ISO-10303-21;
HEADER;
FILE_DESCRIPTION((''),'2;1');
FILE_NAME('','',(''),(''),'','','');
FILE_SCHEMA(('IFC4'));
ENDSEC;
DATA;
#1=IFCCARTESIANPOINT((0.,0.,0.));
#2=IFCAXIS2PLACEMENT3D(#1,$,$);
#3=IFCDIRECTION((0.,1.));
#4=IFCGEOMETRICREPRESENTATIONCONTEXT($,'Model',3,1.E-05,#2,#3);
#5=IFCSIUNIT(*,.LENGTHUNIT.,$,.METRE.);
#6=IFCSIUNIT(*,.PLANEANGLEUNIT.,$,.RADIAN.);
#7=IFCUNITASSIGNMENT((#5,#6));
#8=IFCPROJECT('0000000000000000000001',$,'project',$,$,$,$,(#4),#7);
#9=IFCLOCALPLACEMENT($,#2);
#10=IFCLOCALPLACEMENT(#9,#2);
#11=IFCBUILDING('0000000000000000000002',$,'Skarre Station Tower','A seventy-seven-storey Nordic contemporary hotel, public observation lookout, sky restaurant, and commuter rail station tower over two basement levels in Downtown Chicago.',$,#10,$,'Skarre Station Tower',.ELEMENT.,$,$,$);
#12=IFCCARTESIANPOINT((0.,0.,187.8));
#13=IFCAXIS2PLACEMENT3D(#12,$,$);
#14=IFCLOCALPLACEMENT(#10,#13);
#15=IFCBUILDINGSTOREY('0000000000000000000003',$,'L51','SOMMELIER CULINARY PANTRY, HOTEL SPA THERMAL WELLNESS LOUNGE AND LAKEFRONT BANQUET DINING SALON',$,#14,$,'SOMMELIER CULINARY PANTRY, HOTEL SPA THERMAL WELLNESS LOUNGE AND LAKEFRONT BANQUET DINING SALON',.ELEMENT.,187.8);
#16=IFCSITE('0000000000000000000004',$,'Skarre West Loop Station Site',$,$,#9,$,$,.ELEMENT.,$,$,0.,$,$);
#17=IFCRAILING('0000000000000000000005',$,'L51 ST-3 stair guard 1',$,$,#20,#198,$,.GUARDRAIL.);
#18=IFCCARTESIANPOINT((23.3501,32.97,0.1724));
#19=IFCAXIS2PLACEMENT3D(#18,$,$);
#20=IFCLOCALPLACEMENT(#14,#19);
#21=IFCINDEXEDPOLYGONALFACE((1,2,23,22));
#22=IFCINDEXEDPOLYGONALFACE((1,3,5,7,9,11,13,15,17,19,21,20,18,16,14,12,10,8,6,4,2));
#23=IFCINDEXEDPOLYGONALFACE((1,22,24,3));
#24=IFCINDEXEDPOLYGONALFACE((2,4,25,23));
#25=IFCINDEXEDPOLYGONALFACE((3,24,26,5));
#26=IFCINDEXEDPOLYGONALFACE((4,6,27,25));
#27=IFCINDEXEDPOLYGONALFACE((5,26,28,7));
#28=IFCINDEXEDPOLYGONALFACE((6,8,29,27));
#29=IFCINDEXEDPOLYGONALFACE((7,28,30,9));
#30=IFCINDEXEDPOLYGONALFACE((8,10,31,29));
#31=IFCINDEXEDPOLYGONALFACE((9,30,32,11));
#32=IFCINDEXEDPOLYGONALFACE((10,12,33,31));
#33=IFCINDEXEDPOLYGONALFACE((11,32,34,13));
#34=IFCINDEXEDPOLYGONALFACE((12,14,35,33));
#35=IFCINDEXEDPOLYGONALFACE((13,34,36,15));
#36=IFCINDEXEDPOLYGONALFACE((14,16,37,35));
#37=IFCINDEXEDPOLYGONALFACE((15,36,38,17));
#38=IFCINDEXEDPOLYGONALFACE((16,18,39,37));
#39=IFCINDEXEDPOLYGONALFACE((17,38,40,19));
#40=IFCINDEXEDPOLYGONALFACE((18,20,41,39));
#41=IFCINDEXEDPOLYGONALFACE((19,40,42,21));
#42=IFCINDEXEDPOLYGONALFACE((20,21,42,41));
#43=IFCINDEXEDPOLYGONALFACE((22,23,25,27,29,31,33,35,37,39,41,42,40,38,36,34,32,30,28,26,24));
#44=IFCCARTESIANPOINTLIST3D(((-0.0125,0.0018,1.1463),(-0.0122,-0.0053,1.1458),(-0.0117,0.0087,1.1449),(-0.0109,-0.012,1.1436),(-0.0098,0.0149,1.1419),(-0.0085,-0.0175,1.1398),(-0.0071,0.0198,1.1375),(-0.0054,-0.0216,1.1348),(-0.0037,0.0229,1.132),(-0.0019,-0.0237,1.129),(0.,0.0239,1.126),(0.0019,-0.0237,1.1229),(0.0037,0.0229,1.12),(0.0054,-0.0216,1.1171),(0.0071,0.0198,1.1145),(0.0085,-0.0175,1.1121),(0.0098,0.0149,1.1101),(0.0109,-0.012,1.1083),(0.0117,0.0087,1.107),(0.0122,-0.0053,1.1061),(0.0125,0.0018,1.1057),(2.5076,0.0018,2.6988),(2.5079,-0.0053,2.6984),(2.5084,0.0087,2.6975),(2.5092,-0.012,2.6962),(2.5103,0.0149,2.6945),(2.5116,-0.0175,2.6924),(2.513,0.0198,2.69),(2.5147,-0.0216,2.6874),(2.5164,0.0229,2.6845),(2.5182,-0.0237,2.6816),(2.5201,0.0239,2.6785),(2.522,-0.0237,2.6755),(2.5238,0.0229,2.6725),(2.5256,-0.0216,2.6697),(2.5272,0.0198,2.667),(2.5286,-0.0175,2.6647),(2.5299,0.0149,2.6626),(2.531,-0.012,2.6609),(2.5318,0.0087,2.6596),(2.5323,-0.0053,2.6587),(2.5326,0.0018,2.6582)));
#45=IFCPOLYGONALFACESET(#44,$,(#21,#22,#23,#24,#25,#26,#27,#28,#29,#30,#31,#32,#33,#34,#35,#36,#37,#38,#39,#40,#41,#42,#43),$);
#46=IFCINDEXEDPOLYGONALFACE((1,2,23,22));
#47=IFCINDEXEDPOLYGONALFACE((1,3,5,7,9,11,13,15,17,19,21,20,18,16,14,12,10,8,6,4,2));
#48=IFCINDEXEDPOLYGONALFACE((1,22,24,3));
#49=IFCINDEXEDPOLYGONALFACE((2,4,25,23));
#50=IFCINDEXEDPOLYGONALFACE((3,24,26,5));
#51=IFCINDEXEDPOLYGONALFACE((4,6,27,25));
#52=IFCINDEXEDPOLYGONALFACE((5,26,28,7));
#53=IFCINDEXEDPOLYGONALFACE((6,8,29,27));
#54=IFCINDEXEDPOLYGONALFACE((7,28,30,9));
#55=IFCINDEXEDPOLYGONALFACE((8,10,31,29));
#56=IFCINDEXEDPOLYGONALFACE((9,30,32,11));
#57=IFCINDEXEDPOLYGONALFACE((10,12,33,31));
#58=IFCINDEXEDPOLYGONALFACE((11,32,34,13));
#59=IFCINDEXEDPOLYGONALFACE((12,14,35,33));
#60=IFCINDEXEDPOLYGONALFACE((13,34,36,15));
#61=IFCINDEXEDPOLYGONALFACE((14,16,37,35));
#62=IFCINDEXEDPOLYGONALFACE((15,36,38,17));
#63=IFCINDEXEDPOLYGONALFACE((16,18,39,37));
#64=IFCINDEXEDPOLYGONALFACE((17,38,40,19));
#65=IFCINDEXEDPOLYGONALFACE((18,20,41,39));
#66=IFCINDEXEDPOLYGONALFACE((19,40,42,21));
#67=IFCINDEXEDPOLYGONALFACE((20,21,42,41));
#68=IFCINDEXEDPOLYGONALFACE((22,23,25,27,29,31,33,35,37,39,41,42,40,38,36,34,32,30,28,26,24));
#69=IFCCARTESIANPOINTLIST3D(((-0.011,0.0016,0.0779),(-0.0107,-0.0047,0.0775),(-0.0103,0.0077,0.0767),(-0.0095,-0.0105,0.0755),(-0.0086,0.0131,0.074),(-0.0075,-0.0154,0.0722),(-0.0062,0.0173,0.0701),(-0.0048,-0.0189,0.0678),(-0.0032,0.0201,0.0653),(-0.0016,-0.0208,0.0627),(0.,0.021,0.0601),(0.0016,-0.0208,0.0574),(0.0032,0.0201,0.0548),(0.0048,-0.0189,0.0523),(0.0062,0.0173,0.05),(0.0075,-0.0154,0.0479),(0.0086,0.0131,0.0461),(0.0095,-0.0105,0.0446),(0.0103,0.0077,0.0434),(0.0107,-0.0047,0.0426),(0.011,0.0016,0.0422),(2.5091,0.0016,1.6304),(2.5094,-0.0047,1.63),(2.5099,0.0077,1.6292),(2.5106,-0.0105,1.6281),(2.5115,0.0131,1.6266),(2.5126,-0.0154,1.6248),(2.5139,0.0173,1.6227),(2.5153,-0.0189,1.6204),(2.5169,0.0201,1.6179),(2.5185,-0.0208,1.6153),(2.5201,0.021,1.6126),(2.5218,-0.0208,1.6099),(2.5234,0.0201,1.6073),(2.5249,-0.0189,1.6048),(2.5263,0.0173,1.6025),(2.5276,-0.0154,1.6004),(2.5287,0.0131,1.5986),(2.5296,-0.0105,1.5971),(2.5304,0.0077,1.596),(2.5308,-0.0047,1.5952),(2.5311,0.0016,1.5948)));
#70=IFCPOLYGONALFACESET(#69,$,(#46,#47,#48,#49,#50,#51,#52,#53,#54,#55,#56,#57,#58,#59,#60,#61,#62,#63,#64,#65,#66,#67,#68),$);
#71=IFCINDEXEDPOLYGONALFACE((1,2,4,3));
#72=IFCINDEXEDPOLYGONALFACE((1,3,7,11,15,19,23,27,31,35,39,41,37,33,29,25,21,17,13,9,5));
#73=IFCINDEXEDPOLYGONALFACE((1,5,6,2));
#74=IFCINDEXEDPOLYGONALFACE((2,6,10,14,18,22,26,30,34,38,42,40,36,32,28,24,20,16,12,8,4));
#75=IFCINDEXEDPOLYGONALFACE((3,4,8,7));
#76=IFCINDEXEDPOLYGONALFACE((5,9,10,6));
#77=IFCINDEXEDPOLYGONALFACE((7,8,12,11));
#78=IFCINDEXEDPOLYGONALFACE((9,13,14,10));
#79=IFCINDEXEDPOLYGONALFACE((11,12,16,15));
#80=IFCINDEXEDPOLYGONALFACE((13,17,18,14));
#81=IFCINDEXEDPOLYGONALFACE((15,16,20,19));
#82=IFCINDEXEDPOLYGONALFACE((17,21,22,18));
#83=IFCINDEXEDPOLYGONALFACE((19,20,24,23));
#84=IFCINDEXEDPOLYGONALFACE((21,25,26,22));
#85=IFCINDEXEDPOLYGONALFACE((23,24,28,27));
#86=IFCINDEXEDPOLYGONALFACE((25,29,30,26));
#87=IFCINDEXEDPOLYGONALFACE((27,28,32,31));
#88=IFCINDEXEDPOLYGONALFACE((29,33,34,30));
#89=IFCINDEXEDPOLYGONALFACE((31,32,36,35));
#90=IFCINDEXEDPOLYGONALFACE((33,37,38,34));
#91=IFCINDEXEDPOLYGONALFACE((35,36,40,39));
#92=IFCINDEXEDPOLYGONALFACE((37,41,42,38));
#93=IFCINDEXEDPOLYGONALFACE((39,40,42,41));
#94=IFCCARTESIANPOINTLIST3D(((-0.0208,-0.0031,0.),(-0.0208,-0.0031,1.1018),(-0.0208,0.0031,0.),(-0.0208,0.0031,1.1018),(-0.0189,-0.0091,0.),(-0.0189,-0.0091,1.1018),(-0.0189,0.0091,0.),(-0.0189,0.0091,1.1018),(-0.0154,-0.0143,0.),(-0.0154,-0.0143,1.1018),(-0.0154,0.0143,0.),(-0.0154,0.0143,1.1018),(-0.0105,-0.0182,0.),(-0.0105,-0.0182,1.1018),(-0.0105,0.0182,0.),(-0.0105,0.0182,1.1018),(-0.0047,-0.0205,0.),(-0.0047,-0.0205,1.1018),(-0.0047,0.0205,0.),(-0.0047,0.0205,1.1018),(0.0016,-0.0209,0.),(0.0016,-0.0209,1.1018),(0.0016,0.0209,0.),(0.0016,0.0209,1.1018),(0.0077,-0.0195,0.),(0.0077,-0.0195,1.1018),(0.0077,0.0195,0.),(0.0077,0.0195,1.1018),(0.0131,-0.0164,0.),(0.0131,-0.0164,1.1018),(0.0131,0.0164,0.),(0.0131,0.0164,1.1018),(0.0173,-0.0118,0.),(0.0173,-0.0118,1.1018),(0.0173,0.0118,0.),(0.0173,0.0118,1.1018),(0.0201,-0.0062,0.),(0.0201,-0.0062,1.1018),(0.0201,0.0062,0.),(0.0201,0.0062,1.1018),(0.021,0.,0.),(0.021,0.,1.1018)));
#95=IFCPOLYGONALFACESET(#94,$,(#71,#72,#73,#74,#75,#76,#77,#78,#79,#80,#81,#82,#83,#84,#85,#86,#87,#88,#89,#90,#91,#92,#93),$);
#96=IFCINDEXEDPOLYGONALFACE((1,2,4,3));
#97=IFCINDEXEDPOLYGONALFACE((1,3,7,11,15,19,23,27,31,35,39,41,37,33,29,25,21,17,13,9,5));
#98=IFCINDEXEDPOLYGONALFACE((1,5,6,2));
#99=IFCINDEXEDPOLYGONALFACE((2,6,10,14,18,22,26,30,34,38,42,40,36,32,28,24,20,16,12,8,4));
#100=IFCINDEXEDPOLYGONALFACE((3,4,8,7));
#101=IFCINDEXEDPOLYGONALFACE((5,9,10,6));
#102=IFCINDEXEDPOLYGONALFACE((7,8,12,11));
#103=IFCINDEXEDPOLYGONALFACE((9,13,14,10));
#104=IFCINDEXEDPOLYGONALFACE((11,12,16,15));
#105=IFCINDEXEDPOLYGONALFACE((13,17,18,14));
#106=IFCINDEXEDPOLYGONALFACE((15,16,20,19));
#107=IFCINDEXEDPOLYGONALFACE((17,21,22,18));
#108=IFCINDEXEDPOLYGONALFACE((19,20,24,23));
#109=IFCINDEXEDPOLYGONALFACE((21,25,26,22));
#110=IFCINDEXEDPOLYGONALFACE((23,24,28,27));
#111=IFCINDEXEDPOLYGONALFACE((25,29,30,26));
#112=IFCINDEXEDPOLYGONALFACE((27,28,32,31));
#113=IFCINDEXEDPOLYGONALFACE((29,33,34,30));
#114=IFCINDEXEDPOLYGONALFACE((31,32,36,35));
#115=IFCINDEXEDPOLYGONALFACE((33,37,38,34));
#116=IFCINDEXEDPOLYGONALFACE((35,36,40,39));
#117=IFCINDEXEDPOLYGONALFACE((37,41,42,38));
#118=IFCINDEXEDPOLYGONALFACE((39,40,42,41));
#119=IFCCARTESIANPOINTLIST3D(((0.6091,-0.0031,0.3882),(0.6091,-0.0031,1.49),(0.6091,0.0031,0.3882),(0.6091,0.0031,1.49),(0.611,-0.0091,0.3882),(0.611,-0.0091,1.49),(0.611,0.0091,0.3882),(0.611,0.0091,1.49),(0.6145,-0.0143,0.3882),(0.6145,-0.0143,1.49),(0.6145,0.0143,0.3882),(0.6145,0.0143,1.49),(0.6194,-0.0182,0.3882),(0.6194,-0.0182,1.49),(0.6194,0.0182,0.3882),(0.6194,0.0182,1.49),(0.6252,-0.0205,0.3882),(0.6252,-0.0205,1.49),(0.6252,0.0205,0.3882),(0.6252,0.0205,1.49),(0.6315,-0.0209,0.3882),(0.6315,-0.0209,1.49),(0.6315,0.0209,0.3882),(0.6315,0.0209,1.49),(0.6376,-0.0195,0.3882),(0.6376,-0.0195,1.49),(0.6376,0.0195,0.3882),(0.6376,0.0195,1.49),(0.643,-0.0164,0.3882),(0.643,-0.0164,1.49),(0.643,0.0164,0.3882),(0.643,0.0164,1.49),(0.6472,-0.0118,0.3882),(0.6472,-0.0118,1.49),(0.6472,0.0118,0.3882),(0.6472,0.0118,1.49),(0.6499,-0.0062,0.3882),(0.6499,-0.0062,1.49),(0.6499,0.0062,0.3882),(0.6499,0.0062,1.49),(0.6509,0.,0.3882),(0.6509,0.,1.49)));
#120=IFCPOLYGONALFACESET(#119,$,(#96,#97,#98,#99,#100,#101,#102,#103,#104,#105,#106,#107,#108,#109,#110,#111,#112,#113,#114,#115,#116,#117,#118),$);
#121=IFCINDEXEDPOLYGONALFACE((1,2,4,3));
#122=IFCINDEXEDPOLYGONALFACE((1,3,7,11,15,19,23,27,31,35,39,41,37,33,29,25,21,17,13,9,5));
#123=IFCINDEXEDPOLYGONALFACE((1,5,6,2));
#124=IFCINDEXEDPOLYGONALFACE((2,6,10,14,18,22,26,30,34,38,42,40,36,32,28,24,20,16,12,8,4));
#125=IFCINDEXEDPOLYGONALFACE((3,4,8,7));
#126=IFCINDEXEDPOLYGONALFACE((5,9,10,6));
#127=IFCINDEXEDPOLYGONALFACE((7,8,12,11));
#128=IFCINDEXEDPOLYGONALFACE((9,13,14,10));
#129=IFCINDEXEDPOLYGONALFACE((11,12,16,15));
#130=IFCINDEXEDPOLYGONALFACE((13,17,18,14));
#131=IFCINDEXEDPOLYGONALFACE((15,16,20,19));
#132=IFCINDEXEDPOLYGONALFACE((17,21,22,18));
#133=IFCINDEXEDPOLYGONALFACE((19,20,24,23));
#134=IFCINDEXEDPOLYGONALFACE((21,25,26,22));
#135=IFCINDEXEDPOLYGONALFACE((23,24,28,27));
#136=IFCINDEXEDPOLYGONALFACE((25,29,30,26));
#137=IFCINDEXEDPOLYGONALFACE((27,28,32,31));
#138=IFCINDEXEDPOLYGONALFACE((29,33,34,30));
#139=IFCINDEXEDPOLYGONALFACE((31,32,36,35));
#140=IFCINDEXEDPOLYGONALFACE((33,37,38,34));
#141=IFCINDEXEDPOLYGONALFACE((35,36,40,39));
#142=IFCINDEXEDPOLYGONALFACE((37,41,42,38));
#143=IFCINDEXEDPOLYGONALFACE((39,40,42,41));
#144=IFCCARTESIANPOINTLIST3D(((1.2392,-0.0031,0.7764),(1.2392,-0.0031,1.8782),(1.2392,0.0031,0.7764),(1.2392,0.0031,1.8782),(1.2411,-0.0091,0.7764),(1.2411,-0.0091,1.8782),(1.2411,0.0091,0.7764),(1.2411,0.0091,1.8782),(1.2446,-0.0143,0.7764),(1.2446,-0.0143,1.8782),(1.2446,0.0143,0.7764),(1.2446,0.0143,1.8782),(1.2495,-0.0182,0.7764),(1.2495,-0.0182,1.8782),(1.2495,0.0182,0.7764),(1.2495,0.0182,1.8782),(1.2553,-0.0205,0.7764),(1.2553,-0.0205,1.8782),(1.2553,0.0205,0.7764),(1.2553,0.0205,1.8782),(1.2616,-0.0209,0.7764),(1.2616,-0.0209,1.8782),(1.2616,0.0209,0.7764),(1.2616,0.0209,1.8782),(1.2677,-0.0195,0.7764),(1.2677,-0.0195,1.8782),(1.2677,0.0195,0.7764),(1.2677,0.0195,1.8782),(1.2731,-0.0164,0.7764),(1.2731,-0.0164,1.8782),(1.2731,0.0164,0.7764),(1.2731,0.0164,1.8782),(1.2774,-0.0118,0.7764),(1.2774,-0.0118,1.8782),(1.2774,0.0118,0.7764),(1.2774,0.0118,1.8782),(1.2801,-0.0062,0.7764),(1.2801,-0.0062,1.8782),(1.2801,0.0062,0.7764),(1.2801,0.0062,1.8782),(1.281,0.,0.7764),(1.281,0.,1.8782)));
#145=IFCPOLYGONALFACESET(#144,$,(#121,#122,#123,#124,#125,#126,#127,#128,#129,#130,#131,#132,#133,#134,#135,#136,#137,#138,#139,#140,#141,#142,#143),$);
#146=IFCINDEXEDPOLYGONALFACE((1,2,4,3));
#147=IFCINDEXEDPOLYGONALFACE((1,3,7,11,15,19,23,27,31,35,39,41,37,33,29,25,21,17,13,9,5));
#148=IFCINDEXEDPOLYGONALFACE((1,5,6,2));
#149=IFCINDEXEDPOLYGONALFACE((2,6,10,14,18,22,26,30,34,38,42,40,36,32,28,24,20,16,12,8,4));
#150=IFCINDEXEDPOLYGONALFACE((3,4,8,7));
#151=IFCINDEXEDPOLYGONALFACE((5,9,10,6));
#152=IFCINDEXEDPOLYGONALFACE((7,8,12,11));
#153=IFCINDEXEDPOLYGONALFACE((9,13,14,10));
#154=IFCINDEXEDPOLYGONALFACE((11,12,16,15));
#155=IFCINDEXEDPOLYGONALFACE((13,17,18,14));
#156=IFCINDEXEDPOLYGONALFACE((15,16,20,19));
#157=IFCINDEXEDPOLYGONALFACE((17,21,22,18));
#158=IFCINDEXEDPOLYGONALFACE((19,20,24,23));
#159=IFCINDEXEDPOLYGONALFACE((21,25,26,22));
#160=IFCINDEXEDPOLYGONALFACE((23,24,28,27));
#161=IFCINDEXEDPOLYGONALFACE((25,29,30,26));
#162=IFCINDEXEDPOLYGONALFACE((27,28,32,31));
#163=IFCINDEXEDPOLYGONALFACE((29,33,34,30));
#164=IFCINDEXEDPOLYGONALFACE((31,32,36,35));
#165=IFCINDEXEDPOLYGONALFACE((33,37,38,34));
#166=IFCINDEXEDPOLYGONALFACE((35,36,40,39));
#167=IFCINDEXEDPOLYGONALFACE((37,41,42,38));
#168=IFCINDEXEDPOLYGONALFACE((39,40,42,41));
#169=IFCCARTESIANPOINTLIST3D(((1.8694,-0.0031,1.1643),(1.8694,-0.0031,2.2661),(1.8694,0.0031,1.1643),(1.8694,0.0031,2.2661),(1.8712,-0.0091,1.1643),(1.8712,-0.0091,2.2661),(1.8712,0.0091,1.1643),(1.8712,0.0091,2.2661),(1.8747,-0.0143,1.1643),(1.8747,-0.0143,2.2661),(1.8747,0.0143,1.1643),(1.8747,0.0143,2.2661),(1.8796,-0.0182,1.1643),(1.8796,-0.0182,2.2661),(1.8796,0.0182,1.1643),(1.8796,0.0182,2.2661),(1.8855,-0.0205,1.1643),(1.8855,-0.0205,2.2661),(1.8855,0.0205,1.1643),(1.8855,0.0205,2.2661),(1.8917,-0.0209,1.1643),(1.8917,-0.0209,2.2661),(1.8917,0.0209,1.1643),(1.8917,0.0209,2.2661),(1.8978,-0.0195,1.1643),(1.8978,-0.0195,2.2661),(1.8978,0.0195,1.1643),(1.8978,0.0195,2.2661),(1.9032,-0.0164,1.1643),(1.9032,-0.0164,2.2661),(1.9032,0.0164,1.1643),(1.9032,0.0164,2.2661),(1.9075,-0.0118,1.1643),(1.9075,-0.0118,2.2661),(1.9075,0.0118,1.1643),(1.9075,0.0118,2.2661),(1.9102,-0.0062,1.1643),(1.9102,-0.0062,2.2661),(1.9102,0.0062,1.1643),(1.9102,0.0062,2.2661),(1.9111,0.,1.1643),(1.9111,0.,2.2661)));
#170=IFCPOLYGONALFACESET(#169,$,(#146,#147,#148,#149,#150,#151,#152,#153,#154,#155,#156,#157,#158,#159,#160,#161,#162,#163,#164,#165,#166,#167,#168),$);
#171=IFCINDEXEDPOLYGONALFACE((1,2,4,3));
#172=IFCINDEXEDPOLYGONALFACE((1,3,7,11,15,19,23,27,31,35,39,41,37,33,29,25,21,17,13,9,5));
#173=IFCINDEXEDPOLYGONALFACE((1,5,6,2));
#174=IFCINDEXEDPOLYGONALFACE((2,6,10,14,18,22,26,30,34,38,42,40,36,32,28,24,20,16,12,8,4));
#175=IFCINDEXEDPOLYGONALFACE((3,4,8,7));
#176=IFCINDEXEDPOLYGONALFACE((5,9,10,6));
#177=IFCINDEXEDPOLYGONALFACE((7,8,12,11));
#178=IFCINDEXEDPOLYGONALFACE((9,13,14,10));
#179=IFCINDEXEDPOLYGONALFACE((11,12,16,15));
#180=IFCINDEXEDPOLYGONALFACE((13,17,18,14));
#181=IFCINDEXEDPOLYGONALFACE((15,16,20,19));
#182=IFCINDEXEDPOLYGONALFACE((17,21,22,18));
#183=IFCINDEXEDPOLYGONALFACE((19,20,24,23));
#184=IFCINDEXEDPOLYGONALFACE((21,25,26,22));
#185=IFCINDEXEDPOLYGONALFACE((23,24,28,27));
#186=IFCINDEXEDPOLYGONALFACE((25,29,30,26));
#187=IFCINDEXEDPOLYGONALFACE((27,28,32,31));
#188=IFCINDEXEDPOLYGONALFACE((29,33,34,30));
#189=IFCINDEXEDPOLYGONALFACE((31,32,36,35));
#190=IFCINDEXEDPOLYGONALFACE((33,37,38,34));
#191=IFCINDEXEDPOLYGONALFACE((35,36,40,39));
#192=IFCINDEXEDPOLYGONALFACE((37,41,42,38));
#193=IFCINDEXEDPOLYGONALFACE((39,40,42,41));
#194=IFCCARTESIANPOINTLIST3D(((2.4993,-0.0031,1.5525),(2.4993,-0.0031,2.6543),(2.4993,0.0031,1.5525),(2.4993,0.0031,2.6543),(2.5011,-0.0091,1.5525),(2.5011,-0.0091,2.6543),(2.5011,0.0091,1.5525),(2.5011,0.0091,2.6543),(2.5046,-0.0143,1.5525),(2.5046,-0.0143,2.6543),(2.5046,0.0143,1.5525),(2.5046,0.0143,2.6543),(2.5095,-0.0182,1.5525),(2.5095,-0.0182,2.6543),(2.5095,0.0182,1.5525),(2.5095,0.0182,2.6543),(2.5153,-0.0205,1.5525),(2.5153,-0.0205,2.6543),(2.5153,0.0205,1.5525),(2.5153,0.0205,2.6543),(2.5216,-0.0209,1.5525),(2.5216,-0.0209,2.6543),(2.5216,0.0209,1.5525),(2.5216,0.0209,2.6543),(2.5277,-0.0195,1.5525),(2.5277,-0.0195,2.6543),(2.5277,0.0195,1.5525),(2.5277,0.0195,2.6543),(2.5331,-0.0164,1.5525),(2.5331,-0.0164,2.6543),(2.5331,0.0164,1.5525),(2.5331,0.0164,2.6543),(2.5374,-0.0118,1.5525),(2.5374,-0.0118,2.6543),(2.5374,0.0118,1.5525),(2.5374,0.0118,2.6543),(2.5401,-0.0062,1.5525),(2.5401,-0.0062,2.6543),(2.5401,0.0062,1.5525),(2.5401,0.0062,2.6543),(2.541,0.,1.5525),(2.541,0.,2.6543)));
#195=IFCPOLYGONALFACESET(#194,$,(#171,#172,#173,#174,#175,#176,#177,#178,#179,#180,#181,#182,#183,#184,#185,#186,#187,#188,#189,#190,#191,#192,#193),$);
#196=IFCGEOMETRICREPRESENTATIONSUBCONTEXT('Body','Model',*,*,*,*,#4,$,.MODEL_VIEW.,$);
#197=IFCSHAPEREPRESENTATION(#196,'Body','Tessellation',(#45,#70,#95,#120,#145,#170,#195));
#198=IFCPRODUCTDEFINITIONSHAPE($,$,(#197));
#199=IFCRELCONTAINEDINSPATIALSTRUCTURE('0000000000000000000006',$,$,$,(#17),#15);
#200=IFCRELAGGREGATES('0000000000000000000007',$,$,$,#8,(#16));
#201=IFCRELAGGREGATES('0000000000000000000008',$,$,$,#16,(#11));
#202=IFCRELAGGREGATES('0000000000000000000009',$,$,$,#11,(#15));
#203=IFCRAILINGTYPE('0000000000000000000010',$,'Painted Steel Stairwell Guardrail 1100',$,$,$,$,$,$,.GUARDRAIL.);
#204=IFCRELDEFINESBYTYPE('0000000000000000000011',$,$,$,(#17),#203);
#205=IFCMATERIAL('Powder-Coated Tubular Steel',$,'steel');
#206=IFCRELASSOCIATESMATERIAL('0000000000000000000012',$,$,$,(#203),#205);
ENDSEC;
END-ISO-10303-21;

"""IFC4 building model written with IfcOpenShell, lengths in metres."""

from ifc_helpers import new_model, si_unit, direction, frame, origin, origin_2d, place, context, subcontext, project, spatial, circle, extrude, material, type_object, element, save


model = new_model("IFC4")

# Units and contexts
model_context = context("Model", 3, precision=1e-05, world=origin(), true_north=direction((0.0, 1.0)))
body_context = subcontext(model_context, "Body", "Model", "MODEL_VIEW")
ifc_project = project(units=[si_unit("LENGTHUNIT", "METRE"), si_unit("PLANEANGLEUNIT", "RADIAN")], contexts=[model_context])

# Site, building, storey
site_placement = place(None, origin())
site = spatial("IfcSite", under=ifc_project, at=site_placement, Name="Skarre West Loop Station Site", CompositionType="ELEMENT", RefElevation=0.0)
building_placement = place(site_placement, origin())
building = spatial("IfcBuilding", under=site, at=building_placement, Name="Skarre Station Tower", Description="A seventy-seven-storey Nordic contemporary hotel, public observation lookout, sky restaurant, and commuter rail station tower over two basement levels in Downtown Chicago.", LongName="Skarre Station Tower", CompositionType="ELEMENT")
storey_placement = place(building_placement, frame((0.0, 0.0, 187.8)))
storey = spatial("IfcBuildingStorey", under=building, at=storey_placement, Name="L51", Description="SOMMELIER CULINARY PANTRY, HOTEL SPA THERMAL WELLNESS LOUNGE AND LAKEFRONT BANQUET DINING SALON", LongName="SOMMELIER CULINARY PANTRY, HOTEL SPA THERMAL WELLNESS LOUNGE AND LAKEFRONT BANQUET DINING SALON", CompositionType="ELEMENT", Elevation=187.8)

# Railing
ifc_material_1 = material(Name="Powder-Coated Tubular Steel", Category="steel")
railing_type_1 = type_object("IfcRailingType", Name="Painted Steel Stairwell Guardrail 1100", PredefinedType="GUARDRAIL", material=ifc_material_1)
railing_1_placement = place(storey_placement, frame((23.3501, 32.97, 0.1724)))
element("IfcRailing", 1, at=railing_1_placement, inside=storey, type_object=railing_type_1, Name="L51 ST-3 stair guard 1", PredefinedType="GUARDRAIL", context=body_context, shape_type="SweptSolid", body=[
    extrude(circle(Radius=0.0239, at=origin_2d()), frame((0.0, 0.0, 1.126), z_axis=(0.8514, 0.0, 0.524516), x_axis=(0.0, 1.0, 0.0)), (0.0, 0.0, 1.0), 2.96),
    extrude(circle(Radius=0.021, at=origin_2d()), frame((0.0, 0.0, 0.0601), z_axis=(0.8514, 0.0, 0.524516), x_axis=(0.0, 1.0, 0.0)), (0.0, 0.0, 1.0), 2.96),
    extrude(circle(Radius=0.021, at=origin_2d()), origin(), (0.0, 0.0, 1.0), 1.1018),
    extrude(circle(Radius=0.021, at=origin_2d()), frame((0.6299, 0.0, 0.3882)), (0.0, 0.0, 1.0), 1.1018),
    extrude(circle(Radius=0.021, at=origin_2d()), frame((1.26, 0.0, 0.7764)), (0.0, 0.0, 1.0), 1.1018),
    extrude(circle(Radius=0.021, at=origin_2d()), frame((1.8901, 0.0, 1.1643)), (0.0, 0.0, 1.0), 1.1018),
    extrude(circle(Radius=0.021, at=origin_2d()), frame((2.52, 0.0, 1.5525)), (0.0, 0.0, 1.0), 1.1018),
])

save(model, "model.ifc")
